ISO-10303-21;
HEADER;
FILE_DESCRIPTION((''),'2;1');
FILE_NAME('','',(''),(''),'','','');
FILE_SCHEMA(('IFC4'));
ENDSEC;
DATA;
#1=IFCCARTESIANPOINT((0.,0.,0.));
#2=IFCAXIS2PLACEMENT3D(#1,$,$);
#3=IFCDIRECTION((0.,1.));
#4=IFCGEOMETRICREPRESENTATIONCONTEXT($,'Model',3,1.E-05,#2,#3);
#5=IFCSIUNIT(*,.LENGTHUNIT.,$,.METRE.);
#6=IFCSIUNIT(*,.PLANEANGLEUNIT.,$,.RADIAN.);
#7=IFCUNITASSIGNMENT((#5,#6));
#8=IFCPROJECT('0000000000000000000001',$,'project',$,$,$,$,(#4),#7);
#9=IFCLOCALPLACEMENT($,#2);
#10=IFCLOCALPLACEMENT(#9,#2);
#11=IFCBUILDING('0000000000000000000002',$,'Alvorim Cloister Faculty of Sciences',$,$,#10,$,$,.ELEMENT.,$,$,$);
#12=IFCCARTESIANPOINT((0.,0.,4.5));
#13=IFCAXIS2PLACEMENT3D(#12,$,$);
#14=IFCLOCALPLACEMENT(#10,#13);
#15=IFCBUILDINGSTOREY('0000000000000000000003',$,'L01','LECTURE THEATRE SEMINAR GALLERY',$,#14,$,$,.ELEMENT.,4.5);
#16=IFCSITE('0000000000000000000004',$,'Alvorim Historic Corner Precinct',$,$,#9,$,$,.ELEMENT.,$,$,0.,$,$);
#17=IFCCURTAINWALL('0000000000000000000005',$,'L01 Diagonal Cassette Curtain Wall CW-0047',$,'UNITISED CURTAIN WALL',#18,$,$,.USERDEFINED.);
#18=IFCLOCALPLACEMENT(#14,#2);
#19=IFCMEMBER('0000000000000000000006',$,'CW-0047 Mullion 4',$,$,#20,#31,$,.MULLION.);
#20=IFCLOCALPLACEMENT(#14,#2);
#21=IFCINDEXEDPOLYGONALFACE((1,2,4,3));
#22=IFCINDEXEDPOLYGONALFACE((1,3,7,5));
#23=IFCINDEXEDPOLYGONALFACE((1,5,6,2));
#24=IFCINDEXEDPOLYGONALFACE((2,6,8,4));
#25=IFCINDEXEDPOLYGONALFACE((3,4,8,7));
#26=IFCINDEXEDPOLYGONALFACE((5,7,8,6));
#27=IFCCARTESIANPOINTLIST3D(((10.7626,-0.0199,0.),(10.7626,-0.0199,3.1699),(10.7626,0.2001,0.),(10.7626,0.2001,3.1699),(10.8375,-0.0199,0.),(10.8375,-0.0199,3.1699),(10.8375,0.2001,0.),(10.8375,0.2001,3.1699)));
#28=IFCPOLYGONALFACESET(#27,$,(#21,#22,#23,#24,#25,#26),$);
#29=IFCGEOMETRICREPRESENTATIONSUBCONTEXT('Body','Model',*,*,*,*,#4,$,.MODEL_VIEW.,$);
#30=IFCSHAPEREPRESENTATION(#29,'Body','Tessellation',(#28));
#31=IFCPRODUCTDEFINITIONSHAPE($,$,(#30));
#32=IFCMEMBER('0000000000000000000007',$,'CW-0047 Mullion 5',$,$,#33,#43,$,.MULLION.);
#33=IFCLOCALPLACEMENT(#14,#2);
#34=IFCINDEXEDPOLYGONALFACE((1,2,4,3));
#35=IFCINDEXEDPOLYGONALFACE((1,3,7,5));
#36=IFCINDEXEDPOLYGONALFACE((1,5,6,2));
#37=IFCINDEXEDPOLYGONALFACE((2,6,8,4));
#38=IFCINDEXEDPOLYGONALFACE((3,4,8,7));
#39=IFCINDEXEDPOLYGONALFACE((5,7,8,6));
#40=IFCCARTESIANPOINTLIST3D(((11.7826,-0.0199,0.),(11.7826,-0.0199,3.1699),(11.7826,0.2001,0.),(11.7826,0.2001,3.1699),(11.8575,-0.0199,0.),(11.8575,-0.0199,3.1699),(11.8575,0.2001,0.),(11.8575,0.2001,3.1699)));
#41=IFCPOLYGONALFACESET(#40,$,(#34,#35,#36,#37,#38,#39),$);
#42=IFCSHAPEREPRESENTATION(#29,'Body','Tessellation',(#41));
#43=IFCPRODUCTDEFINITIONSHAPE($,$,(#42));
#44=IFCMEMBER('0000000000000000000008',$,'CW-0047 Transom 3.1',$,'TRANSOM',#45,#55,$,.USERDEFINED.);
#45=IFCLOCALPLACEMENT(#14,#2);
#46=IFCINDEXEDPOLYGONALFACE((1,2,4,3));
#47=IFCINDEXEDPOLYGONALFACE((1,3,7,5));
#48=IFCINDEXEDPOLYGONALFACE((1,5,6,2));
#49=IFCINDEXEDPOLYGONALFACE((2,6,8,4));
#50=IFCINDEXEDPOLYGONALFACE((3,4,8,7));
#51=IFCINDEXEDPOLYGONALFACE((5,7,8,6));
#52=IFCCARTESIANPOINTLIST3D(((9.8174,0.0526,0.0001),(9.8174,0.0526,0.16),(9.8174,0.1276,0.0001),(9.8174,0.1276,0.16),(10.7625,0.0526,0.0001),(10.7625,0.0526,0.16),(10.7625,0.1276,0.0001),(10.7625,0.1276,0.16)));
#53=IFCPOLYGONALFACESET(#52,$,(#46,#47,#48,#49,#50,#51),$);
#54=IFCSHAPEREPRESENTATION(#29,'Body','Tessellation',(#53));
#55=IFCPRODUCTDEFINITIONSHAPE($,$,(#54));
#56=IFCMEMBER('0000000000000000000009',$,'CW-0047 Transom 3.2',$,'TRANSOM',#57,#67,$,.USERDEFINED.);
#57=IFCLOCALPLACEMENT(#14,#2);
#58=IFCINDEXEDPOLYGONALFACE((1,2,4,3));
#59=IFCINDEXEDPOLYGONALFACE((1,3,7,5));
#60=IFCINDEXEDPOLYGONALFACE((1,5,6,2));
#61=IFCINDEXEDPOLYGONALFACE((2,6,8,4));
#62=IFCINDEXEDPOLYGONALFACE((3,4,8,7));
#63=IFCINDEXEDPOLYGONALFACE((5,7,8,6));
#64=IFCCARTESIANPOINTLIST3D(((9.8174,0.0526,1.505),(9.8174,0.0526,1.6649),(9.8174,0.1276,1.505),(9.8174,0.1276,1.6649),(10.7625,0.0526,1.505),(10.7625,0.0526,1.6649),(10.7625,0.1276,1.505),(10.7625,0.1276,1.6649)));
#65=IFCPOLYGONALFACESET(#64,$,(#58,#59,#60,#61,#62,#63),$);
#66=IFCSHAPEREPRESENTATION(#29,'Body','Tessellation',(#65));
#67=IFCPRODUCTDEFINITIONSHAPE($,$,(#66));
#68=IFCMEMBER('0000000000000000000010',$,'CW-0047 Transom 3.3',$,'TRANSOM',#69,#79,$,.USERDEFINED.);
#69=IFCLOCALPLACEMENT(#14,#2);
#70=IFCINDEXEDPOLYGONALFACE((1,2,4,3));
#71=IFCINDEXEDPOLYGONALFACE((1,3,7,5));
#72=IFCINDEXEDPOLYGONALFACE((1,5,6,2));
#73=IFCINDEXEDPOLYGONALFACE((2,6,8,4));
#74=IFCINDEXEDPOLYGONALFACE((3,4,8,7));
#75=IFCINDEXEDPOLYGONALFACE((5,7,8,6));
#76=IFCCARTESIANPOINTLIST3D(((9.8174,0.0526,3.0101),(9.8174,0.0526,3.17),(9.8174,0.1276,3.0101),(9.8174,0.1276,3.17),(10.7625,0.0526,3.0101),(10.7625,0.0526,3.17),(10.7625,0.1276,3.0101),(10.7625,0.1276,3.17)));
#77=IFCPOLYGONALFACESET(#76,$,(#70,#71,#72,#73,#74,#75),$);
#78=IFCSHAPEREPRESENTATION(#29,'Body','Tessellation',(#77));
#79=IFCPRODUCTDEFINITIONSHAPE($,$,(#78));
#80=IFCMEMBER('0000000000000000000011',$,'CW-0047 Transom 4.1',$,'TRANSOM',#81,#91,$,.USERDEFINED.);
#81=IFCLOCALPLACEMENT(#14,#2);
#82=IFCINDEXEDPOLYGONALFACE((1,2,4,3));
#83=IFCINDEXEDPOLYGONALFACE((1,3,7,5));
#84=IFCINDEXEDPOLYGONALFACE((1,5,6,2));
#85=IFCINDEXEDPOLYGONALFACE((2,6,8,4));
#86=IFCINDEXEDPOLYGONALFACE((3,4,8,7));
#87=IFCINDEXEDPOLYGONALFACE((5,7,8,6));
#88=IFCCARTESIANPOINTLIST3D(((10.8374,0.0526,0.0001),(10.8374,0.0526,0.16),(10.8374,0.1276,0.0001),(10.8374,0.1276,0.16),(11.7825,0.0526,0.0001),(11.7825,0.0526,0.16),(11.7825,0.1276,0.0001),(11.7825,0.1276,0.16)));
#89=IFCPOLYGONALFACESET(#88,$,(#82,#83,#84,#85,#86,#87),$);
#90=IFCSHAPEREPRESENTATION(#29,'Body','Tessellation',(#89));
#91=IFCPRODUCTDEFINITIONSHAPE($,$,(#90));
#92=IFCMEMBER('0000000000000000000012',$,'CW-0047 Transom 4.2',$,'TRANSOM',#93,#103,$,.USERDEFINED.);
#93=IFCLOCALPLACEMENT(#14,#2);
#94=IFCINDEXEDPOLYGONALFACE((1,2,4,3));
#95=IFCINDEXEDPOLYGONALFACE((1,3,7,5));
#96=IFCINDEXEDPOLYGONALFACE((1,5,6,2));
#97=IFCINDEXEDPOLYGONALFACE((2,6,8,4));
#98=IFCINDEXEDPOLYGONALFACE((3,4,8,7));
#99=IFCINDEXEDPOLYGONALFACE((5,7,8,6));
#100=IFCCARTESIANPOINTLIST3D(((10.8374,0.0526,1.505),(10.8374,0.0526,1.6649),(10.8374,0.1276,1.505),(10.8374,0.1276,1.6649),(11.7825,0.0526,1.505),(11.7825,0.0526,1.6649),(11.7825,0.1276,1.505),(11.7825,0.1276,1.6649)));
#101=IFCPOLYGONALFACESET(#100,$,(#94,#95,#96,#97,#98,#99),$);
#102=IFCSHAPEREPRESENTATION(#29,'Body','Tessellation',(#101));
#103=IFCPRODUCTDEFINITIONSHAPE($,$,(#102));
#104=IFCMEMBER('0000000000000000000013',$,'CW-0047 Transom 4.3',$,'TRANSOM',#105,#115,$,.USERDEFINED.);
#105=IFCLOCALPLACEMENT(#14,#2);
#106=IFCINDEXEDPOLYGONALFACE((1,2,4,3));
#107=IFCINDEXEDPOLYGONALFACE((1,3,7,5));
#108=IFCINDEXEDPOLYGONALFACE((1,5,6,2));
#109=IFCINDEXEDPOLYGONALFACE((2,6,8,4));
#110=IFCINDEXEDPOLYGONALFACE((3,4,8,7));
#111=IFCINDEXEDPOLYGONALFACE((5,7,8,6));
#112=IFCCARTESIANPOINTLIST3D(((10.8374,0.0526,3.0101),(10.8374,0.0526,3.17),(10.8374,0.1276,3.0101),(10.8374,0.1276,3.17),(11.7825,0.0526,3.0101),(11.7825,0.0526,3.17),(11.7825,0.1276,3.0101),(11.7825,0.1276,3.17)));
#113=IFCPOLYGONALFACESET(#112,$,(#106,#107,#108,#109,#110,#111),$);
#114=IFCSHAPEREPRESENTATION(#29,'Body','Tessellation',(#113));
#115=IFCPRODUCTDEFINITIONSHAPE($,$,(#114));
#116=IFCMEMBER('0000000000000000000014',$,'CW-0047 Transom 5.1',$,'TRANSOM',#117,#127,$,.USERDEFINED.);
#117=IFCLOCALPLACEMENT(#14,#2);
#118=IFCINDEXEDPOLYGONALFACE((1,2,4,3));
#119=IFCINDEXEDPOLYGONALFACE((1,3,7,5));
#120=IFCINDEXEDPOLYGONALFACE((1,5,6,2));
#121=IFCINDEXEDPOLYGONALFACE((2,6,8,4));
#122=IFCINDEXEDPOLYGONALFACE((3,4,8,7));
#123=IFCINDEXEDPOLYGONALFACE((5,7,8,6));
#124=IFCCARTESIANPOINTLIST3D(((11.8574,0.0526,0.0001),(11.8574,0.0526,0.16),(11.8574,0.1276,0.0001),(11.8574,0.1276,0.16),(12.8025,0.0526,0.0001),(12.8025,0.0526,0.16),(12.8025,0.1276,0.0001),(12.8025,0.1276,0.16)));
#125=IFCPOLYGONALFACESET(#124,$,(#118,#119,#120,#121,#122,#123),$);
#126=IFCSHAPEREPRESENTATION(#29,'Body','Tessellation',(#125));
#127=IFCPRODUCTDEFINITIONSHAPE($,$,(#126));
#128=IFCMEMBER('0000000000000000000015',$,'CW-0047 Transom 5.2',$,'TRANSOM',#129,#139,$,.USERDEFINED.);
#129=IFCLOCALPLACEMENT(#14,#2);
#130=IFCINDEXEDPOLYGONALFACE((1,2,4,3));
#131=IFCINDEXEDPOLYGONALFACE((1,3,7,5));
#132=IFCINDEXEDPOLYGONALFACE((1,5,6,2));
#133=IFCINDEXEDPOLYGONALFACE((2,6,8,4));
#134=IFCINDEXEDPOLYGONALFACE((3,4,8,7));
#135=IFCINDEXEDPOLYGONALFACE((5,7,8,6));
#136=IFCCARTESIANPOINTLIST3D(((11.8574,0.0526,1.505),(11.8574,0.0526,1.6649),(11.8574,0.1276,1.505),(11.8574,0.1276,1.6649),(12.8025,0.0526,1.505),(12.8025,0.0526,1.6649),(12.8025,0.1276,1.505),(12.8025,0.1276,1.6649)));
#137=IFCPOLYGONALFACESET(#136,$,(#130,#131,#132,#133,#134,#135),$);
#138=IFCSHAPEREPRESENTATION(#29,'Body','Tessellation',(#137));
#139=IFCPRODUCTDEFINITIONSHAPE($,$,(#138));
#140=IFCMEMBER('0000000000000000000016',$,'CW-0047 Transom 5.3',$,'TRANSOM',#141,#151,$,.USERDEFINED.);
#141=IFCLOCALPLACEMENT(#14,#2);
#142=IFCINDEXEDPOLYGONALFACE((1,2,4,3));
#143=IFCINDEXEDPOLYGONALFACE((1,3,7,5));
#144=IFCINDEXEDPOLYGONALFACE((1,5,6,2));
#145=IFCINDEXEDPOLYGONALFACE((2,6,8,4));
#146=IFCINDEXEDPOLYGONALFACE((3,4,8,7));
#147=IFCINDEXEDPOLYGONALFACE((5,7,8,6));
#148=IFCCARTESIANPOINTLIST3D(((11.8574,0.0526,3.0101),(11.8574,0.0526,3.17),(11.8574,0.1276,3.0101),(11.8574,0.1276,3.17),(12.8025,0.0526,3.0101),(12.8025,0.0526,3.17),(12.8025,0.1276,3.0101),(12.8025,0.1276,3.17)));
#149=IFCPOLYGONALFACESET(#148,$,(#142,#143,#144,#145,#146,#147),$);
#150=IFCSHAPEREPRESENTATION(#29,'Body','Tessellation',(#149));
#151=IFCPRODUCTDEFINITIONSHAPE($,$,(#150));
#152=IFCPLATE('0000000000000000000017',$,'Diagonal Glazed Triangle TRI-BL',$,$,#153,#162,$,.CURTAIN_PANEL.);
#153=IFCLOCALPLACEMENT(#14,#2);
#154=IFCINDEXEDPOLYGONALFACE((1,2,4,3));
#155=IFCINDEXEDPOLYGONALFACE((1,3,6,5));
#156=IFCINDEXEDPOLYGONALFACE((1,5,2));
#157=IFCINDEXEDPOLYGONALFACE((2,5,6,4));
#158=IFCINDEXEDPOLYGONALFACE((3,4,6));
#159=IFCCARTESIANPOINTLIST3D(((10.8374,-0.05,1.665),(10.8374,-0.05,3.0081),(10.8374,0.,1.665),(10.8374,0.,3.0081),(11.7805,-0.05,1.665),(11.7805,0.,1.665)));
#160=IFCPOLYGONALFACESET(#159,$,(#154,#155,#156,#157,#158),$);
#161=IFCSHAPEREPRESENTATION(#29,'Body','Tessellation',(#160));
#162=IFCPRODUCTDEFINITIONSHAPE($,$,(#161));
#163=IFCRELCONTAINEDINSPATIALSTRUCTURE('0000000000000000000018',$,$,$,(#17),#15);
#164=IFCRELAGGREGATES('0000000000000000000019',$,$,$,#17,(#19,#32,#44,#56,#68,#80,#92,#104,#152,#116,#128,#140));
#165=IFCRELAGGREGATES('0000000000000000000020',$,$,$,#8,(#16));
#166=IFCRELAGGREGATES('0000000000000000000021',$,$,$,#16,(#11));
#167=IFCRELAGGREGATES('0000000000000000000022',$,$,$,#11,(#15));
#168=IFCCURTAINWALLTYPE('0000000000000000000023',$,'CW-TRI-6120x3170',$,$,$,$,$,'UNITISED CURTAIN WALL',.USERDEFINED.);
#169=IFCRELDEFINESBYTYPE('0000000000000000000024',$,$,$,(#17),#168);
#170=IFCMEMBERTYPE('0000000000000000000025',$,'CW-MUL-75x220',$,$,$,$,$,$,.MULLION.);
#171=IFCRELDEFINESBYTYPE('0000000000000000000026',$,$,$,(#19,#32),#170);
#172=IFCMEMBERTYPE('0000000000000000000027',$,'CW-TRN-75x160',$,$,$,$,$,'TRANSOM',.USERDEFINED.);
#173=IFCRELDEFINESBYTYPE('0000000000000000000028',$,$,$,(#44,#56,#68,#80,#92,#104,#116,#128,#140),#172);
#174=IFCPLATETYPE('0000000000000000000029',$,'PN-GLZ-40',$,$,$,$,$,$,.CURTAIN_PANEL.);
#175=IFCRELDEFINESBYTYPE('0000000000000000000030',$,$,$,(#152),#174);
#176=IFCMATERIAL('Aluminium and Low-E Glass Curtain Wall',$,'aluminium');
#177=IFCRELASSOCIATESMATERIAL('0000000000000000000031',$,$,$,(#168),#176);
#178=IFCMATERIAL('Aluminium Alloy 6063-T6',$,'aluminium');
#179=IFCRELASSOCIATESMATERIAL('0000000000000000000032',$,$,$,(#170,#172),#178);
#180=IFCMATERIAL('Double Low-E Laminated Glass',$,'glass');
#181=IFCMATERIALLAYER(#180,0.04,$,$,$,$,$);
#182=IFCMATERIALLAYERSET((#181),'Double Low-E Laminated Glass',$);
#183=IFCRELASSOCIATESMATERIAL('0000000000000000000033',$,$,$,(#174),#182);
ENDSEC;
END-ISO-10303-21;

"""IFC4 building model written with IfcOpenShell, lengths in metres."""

from ifc_helpers import new_model, si_unit, direction, frame, origin, origin_2d, place, context, subcontext, project, spatial, polyline, rectangle, outline, extrude, material, layer, layer_set, material_profile, profile_set, type_object, element, aggregate, save


model = new_model("IFC4")

# Units and contexts
model_context = context("Model", 3, precision=1e-05, world=origin(), true_north=direction((0.0, 1.0)))
body_context = subcontext(model_context, "Body", "Model", "MODEL_VIEW")
ifc_project = project(units=[si_unit("LENGTHUNIT", "METRE"), si_unit("PLANEANGLEUNIT", "RADIAN")], contexts=[model_context])

# Site, building, storey
site_placement = place(None, origin())
site = spatial("IfcSite", under=ifc_project, at=site_placement, Name="Alvorim Historic Corner Precinct", CompositionType="ELEMENT", RefElevation=0.0)
building_placement = place(site_placement, origin())
building = spatial("IfcBuilding", under=site, at=building_placement, Name="Alvorim Cloister Faculty of Sciences", CompositionType="ELEMENT")
storey_placement = place(building_placement, frame((0.0, 0.0, 4.5)))
storey = spatial("IfcBuildingStorey", under=building, at=storey_placement, Name="L01", Description="LECTURE THEATRE SEMINAR GALLERY", CompositionType="ELEMENT", Elevation=4.5)

# Curtain wall, members, plate
ifc_material_1 = material(Name="Aluminium and Low-E Glass Curtain Wall", Category="aluminium")
curtain_wall_type = type_object("IfcCurtainWallType", Name="CW-TRI-6120x3170", ElementType="UNITISED CURTAIN WALL", PredefinedType="USERDEFINED", material=ifc_material_1)
curtain_wall_placement = place(storey_placement, origin())
curtain_wall = element("IfcCurtainWall", 1, at=curtain_wall_placement, inside=storey, type_object=curtain_wall_type, Name="L01 Diagonal Cassette Curtain Wall CW-0047", ObjectType="UNITISED CURTAIN WALL", PredefinedType="USERDEFINED")
ifc_material_2 = material(Name="Aluminium Alloy 6063-T6", Category="aluminium")
ifc_material_profile_1 = material_profile(ifc_material_2, rectangle(XDim=0.075, YDim=0.22, at=origin_2d()), Name="ALU-MUL-75x220")
ifc_profile_set_1 = profile_set([ifc_material_profile_1], Name="Aluminium Alloy 6063-T6")
member_type_1 = type_object("IfcMemberType", Name="CW-MUL-75x220", PredefinedType="MULLION", material=ifc_profile_set_1)
member_1_placement = place(storey_placement, frame((10.8, 0.0901, 0.0), z_axis=(0.0, 0.0, 1.0), x_axis=(1.0, 0.0, 0.0)))
member_1 = element("IfcMember", 2, at=member_1_placement, type_object=member_type_1, Name="CW-0047 Mullion 4", PredefinedType="MULLION", context=body_context, shape_type="SweptSolid", body=[
    extrude(rectangle(XDim=0.075, YDim=0.22, at=origin_2d()), origin(), (0.0, 0.0, 1.0), 3.1699),
])
member_2_placement = place(storey_placement, frame((11.8201, 0.0901, 0.0), z_axis=(0.0, 0.0, 1.0), x_axis=(1.0, 0.0, 0.0)))
member_2 = element("IfcMember", 3, at=member_2_placement, type_object=member_type_1, Name="CW-0047 Mullion 5", PredefinedType="MULLION", context=body_context, shape_type="SweptSolid", body=[
    extrude(rectangle(XDim=0.075, YDim=0.22, at=origin_2d()), origin(), (0.0, 0.0, 1.0), 3.1699),
])
ifc_material_profile_2 = material_profile(ifc_material_2, rectangle(XDim=0.075, YDim=0.1599, at=origin_2d()), Name="ALU-TRN-75x160")
ifc_profile_set_2 = profile_set([ifc_material_profile_2], Name="Aluminium Alloy 6063-T6")
member_type_2 = type_object("IfcMemberType", Name="CW-TRN-75x160", ElementType="TRANSOM", PredefinedType="USERDEFINED", material=ifc_profile_set_2)
member_3_placement = place(storey_placement, frame((9.8174, 0.0901, 0.0801), z_axis=(1.0, 0.0, 0.0), x_axis=(0.0, 1.0, 0.0)))
member_3 = element("IfcMember", 4, at=member_3_placement, type_object=member_type_2, Name="CW-0047 Transom 3.1", ObjectType="TRANSOM", PredefinedType="USERDEFINED", context=body_context, shape_type="SweptSolid", body=[
    extrude(rectangle(XDim=0.075, YDim=0.1599, at=origin_2d()), origin(), (0.0, 0.0, 1.0), 0.9451),
])
member_4_placement = place(storey_placement, frame((9.8174, 0.0901, 1.585), z_axis=(1.0, 0.0, 0.0), x_axis=(0.0, 1.0, 0.0)))
member_4 = element("IfcMember", 5, at=member_4_placement, type_object=member_type_2, Name="CW-0047 Transom 3.2", ObjectType="TRANSOM", PredefinedType="USERDEFINED", context=body_context, shape_type="SweptSolid", body=[
    extrude(rectangle(XDim=0.075, YDim=0.1599, at=origin_2d()), origin(), (0.0, 0.0, 1.0), 0.9451),
])
member_5_placement = place(storey_placement, frame((9.8174, 0.0901, 3.0901), z_axis=(1.0, 0.0, 0.0), x_axis=(0.0, 1.0, 0.0)))
member_5 = element("IfcMember", 6, at=member_5_placement, type_object=member_type_2, Name="CW-0047 Transom 3.3", ObjectType="TRANSOM", PredefinedType="USERDEFINED", context=body_context, shape_type="SweptSolid", body=[
    extrude(rectangle(XDim=0.075, YDim=0.1599, at=origin_2d()), origin(), (0.0, 0.0, 1.0), 0.9451),
])
member_6_placement = place(storey_placement, frame((10.8374, 0.0901, 0.0801), z_axis=(1.0, 0.0, 0.0), x_axis=(0.0, 1.0, 0.0)))
member_6 = element("IfcMember", 7, at=member_6_placement, type_object=member_type_2, Name="CW-0047 Transom 4.1", ObjectType="TRANSOM", PredefinedType="USERDEFINED", context=body_context, shape_type="SweptSolid", body=[
    extrude(rectangle(XDim=0.075, YDim=0.1599, at=origin_2d()), origin(), (0.0, 0.0, 1.0), 0.9451),
])
member_7_placement = place(storey_placement, frame((10.8374, 0.0901, 1.585), z_axis=(1.0, 0.0, 0.0), x_axis=(0.0, 1.0, 0.0)))
member_7 = element("IfcMember", 8, at=member_7_placement, type_object=member_type_2, Name="CW-0047 Transom 4.2", ObjectType="TRANSOM", PredefinedType="USERDEFINED", context=body_context, shape_type="SweptSolid", body=[
    extrude(rectangle(XDim=0.075, YDim=0.1599, at=origin_2d()), origin(), (0.0, 0.0, 1.0), 0.9451),
])
member_8_placement = place(storey_placement, frame((10.8374, 0.0901, 3.0901), z_axis=(1.0, 0.0, 0.0), x_axis=(0.0, 1.0, 0.0)))
member_8 = element("IfcMember", 9, at=member_8_placement, type_object=member_type_2, Name="CW-0047 Transom 4.3", ObjectType="TRANSOM", PredefinedType="USERDEFINED", context=body_context, shape_type="SweptSolid", body=[
    extrude(rectangle(XDim=0.075, YDim=0.1599, at=origin_2d()), origin(), (0.0, 0.0, 1.0), 0.9451),
])
member_9_placement = place(storey_placement, frame((11.8574, 0.0901, 0.0801), z_axis=(1.0, 0.0, 0.0), x_axis=(0.0, 1.0, 0.0)))
member_9 = element("IfcMember", 10, at=member_9_placement, type_object=member_type_2, Name="CW-0047 Transom 5.1", ObjectType="TRANSOM", PredefinedType="USERDEFINED", context=body_context, shape_type="SweptSolid", body=[
    extrude(rectangle(XDim=0.075, YDim=0.1599, at=origin_2d()), origin(), (0.0, 0.0, 1.0), 0.9451),
])
member_10_placement = place(storey_placement, frame((11.8574, 0.0901, 1.585), z_axis=(1.0, 0.0, 0.0), x_axis=(0.0, 1.0, 0.0)))
member_10 = element("IfcMember", 11, at=member_10_placement, type_object=member_type_2, Name="CW-0047 Transom 5.2", ObjectType="TRANSOM", PredefinedType="USERDEFINED", context=body_context, shape_type="SweptSolid", body=[
    extrude(rectangle(XDim=0.075, YDim=0.1599, at=origin_2d()), origin(), (0.0, 0.0, 1.0), 0.9451),
])
member_11_placement = place(storey_placement, frame((11.8574, 0.0901, 3.0901), z_axis=(1.0, 0.0, 0.0), x_axis=(0.0, 1.0, 0.0)))
member_11 = element("IfcMember", 12, at=member_11_placement, type_object=member_type_2, Name="CW-0047 Transom 5.3", ObjectType="TRANSOM", PredefinedType="USERDEFINED", context=body_context, shape_type="SweptSolid", body=[
    extrude(rectangle(XDim=0.075, YDim=0.1599, at=origin_2d()), origin(), (0.0, 0.0, 1.0), 0.9451),
])
ifc_material_3 = material(Name="Double Low-E Laminated Glass", Category="glass")
ifc_layer_1 = layer(ifc_material_3, 0.04)
ifc_layer_set_1 = layer_set([ifc_layer_1], Name="Double Low-E Laminated Glass")
plate_type = type_object("IfcPlateType", Name="PN-GLZ-40", PredefinedType="CURTAIN_PANEL", material=ifc_layer_set_1)
plate_1_placement = place(storey_placement, frame((10.8374, -0.0249, 1.665), z_axis=(0.0, 0.0, 1.0), x_axis=(1.0, 0.0, 0.0)))
plate_1 = element("IfcPlate", 13, at=plate_1_placement, type_object=plate_type, Name="Diagonal Glazed Triangle TRI-BL", PredefinedType="CURTAIN_PANEL", context=body_context, shape_type="SweptSolid", body=[
    extrude(outline(polyline([(0.0, 0.0), (0.9431, 0.0), (0.0, 1.343), (0.0, 0.0)])), frame((0.0, 0.0249, 0.0), z_axis=(0.0, -1.0, 0.0), x_axis=(1.0, 0.0, 0.0)), (0.0, 0.0, 1.0), 0.05),
])
aggregate(curtain_wall, [member_1, member_2, member_3, member_4, member_5, member_6, member_7, member_8, plate_1, member_9, member_10, member_11])

save(model, "model.ifc")
